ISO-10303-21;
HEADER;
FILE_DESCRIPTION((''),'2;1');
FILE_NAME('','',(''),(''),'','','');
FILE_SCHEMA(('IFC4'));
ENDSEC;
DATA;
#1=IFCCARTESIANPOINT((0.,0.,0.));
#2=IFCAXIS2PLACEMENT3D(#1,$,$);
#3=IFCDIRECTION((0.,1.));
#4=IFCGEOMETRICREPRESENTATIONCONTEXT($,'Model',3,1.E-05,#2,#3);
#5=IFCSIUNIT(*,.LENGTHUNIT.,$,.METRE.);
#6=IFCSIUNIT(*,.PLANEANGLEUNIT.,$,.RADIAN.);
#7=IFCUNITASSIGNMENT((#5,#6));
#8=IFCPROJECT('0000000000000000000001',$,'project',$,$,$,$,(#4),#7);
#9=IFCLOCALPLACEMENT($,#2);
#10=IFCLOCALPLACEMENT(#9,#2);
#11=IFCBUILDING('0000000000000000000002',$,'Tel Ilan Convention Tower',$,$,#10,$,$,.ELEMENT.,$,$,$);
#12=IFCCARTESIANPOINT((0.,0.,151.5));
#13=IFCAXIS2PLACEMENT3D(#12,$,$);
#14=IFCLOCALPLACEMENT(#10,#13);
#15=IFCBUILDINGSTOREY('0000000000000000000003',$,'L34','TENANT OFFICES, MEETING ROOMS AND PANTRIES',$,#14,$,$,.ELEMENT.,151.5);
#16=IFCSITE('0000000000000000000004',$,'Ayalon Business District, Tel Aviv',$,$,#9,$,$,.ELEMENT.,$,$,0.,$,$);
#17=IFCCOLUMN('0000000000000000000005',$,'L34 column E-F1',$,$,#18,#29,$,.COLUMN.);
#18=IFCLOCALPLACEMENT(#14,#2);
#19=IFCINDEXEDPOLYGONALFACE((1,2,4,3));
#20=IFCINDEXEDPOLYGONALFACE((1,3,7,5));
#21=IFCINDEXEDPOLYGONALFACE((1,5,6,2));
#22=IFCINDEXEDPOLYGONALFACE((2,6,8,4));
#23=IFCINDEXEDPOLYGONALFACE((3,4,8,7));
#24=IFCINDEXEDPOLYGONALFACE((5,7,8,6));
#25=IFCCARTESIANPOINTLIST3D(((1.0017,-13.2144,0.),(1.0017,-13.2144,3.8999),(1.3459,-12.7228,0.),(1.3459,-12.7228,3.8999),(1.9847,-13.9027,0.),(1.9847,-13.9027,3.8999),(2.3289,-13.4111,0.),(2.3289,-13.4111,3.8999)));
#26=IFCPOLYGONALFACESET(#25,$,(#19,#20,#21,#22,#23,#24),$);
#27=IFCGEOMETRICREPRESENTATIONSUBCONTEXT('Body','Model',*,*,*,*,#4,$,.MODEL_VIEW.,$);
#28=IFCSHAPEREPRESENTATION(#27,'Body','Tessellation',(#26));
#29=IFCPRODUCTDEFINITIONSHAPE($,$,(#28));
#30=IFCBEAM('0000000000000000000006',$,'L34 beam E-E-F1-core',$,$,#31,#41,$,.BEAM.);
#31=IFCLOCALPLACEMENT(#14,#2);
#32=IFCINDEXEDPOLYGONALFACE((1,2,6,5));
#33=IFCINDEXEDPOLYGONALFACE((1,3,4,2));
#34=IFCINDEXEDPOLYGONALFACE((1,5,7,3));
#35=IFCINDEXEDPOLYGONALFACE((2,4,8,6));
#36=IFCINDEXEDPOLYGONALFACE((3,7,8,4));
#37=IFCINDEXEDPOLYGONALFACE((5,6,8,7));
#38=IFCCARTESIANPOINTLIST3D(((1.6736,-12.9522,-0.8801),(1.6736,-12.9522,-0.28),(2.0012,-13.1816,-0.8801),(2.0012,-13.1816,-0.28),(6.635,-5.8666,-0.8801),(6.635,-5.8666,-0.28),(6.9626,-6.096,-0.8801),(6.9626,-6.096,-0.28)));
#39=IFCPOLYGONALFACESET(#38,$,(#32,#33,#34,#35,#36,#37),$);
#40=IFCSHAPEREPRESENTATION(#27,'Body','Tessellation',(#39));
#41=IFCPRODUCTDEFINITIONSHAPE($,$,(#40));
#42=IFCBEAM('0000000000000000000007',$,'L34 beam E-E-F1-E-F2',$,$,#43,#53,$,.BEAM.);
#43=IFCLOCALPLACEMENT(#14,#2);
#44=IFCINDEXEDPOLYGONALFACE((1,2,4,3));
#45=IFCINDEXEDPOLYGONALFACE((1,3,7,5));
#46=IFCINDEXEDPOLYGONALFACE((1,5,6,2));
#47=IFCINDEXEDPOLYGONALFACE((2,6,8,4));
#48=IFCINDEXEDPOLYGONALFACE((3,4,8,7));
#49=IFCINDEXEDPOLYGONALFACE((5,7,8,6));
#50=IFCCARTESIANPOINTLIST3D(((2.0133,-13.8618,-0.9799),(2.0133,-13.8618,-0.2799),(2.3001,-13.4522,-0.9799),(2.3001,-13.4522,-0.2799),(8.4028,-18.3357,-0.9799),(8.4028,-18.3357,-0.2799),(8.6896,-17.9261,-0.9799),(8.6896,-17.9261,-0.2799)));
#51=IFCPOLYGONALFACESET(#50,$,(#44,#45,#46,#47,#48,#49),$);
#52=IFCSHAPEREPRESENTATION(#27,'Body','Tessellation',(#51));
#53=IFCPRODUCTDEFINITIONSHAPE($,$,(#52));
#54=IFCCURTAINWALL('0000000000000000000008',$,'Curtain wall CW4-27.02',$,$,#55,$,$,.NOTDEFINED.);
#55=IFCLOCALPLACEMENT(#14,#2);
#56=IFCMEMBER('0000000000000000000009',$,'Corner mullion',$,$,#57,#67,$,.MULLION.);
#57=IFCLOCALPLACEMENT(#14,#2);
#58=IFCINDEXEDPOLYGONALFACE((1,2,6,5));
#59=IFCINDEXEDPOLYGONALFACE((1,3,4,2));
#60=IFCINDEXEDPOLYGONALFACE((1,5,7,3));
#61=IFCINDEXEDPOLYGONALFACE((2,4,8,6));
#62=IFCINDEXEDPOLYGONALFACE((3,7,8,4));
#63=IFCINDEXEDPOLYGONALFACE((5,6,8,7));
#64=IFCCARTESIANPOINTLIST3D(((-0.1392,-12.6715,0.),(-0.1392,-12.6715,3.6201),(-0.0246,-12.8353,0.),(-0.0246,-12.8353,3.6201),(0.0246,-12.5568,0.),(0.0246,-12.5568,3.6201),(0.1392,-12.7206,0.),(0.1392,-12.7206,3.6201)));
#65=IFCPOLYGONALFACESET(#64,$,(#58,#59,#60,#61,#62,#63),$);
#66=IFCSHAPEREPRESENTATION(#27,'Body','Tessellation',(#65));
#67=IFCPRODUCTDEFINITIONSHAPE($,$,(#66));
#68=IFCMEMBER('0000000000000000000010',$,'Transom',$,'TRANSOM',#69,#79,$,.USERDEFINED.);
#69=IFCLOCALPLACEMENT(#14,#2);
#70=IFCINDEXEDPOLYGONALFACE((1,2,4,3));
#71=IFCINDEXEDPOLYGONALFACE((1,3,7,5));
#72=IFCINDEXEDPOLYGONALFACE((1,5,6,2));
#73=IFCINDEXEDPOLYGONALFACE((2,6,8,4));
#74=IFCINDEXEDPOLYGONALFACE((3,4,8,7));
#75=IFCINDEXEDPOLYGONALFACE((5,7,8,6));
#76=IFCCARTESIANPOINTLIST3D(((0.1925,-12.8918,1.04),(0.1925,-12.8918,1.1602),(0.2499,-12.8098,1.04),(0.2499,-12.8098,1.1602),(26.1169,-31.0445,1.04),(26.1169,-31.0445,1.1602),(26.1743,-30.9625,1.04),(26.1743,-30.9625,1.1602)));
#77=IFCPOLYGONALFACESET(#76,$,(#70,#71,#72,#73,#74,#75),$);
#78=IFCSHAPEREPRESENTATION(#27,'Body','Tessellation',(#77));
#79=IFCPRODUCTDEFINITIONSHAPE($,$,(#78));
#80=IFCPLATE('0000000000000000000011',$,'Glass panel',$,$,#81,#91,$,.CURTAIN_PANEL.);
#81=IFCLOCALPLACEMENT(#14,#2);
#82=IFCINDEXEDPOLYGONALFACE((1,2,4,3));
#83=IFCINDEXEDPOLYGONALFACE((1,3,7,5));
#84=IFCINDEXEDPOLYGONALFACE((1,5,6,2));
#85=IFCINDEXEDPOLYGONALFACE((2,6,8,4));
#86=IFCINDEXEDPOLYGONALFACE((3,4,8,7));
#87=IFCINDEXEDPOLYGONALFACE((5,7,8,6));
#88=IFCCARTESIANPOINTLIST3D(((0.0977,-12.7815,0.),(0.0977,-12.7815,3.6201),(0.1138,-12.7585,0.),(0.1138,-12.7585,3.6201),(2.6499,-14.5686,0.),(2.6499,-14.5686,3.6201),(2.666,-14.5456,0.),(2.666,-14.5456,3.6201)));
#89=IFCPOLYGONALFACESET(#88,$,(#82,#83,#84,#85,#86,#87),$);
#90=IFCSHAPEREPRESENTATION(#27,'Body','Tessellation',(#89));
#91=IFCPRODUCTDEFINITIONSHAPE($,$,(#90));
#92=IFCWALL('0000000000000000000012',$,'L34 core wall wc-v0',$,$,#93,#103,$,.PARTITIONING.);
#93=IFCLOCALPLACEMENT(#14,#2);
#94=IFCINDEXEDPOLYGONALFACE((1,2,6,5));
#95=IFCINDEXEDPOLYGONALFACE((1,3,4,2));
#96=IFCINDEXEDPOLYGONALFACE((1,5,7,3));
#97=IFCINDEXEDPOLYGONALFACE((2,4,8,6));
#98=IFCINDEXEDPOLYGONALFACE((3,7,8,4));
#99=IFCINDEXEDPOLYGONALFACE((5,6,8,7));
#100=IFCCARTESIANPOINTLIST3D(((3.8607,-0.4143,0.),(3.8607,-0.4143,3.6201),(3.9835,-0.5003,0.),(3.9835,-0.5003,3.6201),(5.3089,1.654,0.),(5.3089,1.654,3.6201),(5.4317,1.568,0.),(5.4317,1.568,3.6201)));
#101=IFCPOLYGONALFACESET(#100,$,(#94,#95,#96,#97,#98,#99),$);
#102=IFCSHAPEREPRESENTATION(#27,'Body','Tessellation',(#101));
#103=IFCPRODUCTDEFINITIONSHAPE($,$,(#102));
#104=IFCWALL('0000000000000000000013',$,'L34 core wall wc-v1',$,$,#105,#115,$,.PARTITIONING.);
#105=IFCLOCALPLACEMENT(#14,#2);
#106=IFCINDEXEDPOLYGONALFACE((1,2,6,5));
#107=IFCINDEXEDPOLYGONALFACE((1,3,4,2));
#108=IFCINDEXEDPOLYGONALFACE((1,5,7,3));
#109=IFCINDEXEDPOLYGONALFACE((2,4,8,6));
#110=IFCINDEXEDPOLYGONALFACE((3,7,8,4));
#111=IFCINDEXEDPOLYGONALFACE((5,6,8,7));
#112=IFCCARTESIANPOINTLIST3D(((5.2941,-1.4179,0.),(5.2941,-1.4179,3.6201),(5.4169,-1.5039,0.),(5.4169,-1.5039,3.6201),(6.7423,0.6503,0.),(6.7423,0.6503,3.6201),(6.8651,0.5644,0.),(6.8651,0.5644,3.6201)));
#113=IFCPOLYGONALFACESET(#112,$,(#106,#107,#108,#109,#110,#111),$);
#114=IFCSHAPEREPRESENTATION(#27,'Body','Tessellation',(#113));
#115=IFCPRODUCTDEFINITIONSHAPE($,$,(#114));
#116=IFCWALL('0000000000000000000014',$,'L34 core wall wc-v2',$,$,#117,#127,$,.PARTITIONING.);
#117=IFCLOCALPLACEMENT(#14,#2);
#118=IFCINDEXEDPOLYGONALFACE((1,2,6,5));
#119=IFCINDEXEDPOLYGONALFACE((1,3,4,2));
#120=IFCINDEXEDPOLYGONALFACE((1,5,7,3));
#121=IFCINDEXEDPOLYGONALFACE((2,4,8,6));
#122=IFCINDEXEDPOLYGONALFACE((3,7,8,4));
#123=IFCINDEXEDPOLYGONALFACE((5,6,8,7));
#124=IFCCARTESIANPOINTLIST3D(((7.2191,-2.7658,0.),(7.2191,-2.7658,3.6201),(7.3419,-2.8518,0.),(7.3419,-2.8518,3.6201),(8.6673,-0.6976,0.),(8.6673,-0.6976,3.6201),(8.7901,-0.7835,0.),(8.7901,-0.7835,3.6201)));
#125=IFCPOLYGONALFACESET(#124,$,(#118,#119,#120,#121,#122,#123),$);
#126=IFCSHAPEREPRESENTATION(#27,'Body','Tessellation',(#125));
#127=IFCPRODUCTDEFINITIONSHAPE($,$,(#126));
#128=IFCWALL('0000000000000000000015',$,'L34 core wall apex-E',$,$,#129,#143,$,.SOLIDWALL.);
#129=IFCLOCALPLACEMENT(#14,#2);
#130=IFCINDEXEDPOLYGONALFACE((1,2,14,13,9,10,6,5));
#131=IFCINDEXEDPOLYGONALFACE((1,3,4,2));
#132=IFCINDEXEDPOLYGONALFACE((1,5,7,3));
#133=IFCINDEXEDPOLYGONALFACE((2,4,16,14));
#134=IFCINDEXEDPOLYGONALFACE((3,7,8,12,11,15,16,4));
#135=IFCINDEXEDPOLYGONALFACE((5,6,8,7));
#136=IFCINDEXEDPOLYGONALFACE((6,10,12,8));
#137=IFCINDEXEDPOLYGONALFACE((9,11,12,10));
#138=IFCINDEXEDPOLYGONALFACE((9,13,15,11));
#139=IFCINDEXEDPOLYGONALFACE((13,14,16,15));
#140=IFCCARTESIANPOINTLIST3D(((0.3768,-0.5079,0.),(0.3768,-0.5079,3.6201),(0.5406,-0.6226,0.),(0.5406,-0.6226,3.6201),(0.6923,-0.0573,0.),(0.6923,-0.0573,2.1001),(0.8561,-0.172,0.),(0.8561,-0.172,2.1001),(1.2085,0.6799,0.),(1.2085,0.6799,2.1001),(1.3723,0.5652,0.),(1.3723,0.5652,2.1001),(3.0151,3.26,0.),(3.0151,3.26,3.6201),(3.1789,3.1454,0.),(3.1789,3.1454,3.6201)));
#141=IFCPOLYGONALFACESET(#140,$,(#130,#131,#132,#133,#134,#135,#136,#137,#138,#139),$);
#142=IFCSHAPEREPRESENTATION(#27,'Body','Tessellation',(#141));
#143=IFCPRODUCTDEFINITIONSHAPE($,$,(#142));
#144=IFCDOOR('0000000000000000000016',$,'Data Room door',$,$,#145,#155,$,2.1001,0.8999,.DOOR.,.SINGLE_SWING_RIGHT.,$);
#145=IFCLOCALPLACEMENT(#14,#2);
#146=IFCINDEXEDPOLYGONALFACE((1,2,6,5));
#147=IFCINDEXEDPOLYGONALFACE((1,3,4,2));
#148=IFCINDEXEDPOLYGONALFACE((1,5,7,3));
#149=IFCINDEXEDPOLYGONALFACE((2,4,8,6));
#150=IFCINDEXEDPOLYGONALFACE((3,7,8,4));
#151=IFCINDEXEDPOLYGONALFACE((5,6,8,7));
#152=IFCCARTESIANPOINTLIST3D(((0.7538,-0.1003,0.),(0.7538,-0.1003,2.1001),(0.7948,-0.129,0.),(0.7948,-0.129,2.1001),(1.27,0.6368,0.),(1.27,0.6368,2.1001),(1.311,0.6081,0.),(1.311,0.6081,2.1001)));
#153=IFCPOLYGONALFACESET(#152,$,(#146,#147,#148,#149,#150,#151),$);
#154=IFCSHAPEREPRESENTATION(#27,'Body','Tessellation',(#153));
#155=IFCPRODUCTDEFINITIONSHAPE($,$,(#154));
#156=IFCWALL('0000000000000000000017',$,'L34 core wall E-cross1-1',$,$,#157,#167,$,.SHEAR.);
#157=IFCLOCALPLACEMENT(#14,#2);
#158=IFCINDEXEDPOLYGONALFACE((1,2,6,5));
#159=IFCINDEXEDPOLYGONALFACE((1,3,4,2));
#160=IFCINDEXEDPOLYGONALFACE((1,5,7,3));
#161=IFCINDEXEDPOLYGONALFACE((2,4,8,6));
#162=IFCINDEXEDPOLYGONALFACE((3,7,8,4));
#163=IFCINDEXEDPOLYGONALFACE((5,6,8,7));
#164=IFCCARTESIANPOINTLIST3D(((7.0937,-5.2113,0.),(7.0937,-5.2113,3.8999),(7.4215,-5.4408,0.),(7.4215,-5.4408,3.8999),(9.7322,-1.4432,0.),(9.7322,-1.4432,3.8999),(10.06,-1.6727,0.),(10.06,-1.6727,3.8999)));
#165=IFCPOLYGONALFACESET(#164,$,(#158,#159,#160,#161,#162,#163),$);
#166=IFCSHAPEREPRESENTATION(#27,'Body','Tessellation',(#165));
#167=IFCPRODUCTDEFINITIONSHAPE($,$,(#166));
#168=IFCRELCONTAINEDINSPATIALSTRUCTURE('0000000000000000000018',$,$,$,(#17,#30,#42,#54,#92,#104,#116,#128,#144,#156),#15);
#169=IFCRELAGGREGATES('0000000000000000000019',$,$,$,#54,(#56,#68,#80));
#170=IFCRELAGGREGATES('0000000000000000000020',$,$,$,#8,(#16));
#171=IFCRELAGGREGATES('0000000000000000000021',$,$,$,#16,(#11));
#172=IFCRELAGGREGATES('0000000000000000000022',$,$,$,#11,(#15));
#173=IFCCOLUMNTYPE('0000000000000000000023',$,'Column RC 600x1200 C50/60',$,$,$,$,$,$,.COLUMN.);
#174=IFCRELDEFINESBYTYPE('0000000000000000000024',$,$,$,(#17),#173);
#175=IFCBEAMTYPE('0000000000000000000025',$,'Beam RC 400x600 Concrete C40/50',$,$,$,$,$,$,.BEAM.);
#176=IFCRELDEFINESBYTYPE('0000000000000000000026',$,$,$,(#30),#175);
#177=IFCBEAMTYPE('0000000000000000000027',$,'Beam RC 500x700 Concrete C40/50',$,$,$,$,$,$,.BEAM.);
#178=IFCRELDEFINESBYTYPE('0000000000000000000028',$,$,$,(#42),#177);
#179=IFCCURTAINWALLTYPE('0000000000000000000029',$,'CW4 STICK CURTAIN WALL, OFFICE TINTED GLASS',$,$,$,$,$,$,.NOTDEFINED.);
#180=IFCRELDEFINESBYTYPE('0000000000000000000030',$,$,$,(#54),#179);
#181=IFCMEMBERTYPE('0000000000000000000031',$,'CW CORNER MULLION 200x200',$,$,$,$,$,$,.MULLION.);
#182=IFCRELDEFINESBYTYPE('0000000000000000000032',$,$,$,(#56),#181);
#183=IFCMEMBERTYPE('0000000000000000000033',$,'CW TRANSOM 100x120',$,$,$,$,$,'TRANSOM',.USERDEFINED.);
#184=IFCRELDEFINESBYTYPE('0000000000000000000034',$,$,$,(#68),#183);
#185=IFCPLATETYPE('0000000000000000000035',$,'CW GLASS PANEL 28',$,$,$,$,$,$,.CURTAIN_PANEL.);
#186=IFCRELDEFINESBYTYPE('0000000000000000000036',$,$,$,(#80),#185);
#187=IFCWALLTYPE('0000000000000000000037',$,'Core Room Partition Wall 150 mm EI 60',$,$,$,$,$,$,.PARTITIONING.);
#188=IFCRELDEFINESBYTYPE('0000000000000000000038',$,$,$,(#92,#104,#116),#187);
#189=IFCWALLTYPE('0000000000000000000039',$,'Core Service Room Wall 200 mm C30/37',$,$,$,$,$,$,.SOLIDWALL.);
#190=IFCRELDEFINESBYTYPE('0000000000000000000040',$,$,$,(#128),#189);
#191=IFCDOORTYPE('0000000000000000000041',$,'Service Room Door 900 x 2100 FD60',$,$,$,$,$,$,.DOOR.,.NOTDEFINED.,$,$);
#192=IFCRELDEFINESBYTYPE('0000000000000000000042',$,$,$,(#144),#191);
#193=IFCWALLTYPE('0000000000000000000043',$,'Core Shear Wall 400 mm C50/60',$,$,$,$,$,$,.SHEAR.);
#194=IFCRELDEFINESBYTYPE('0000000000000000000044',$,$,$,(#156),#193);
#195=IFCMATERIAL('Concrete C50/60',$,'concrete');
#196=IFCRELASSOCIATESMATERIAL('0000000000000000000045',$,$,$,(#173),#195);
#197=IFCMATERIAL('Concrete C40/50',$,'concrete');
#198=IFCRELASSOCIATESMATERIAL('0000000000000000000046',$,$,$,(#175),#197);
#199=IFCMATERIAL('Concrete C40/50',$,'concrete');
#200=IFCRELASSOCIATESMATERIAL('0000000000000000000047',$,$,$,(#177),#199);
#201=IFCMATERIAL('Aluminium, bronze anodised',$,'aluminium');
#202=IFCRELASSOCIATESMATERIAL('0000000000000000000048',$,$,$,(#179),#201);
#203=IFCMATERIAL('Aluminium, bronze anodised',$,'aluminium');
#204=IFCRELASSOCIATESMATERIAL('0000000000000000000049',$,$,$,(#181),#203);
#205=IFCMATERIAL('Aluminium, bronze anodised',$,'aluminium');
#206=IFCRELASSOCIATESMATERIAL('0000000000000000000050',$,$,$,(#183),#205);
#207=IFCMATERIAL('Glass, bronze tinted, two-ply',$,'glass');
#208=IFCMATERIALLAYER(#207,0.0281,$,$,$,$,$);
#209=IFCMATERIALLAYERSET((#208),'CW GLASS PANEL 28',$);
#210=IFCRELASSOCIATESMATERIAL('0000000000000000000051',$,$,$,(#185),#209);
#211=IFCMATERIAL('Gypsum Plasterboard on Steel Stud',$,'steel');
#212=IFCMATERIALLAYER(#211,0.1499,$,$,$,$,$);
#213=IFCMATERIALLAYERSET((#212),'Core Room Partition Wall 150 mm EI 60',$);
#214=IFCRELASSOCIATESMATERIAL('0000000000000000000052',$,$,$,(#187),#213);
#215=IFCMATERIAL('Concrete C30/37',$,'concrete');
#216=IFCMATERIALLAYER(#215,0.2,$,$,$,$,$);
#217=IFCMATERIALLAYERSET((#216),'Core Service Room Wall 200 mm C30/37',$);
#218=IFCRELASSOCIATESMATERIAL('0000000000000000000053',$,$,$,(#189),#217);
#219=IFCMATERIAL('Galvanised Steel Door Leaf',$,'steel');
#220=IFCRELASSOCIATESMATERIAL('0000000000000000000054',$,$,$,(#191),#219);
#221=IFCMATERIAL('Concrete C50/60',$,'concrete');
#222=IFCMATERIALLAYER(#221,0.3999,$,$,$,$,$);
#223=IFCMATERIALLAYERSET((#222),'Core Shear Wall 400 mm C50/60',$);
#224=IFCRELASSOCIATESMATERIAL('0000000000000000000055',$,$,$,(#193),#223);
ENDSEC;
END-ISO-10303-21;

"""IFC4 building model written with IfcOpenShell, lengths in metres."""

from ifc_helpers import new_model, si_unit, direction, frame, frame_2d, origin, origin_2d, place, context, subcontext, project, spatial, polyline, rectangle, outline, extrude, material, layer, layer_set, material_profile, profile_set, type_object, element, fill, aggregate, save


model = new_model("IFC4")

# Units and contexts
model_context = context("Model", 3, precision=1e-05, world=origin(), true_north=direction((0.0, 1.0)))
body_context = subcontext(model_context, "Body", "Model", "MODEL_VIEW")
ifc_project = project(units=[si_unit("LENGTHUNIT", "METRE"), si_unit("PLANEANGLEUNIT", "RADIAN")], contexts=[model_context])

# Site, building, storey
site_placement = place(None, origin())
site = spatial("IfcSite", under=ifc_project, at=site_placement, Name="Ayalon Business District, Tel Aviv", CompositionType="ELEMENT", RefElevation=0.0)
building_placement = place(site_placement, origin())
building = spatial("IfcBuilding", under=site, at=building_placement, Name="Tel Ilan Convention Tower", CompositionType="ELEMENT")
storey_placement = place(building_placement, frame((0.0, 0.0, 151.5)))
storey = spatial("IfcBuildingStorey", under=building, at=storey_placement, Name="L34", Description="TENANT OFFICES, MEETING ROOMS AND PANTRIES", CompositionType="ELEMENT", Elevation=151.5)

# Column
ifc_material_1 = material(Name="Concrete C50/60", Category="concrete")
ifc_material_profile_1 = material_profile(ifc_material_1, rectangle(XDim=1.2, YDim=0.6001, at=origin_2d()), Name="RC 600x1200")
ifc_profile_set_1 = profile_set([ifc_material_profile_1], Name="Concrete C50/60")
column_type = type_object("IfcColumnType", Name="Column RC 600x1200 C50/60", PredefinedType="COLUMN", material=ifc_profile_set_1)
column_placement = place(storey_placement, frame((1.6653, -13.3127, 0.0), z_axis=(0.0, 0.0, 1.0), x_axis=(0.819152, -0.573576, 0.0)))
element("IfcColumn", 1, at=column_placement, inside=storey, type_object=column_type, Name="L34 column E-F1", PredefinedType="COLUMN", context=body_context, shape_type="SweptSolid", body=[
    extrude(rectangle(XDim=1.2, YDim=0.6001, at=origin_2d()), origin(), (0.0, 0.0, 1.0), 3.8999),
])

# Beams
ifc_material_2 = material(Name="Concrete C40/50", Category="concrete")
ifc_material_profile_2 = material_profile(ifc_material_2, rectangle(XDim=0.3999, YDim=0.6001, at=origin_2d()), Name="RC 400x600")
ifc_profile_set_2 = profile_set([ifc_material_profile_2], Name="Concrete C40/50")
beam_type_1 = type_object("IfcBeamType", Name="Beam RC 400x600 Concrete C40/50", PredefinedType="BEAM", material=ifc_profile_set_2)
beam_1_placement = place(storey_placement, frame((1.8374, -13.0669, -0.5801), z_axis=(0.573574, 0.819154, 0.0), x_axis=(-0.819154, 0.573574, 0.0)))
element("IfcBeam", 2, at=beam_1_placement, inside=storey, type_object=beam_type_1, Name="L34 beam E-E-F1-core", PredefinedType="BEAM", context=body_context, shape_type="SweptSolid", body=[
    extrude(rectangle(XDim=0.3999, YDim=0.6001, at=origin_2d()), origin(), (0.0, 0.0, 1.0), 8.6499),
])
ifc_material_3 = material(Name="Concrete C40/50", Category="concrete")
ifc_material_profile_3 = material_profile(ifc_material_3, rectangle(XDim=0.5, YDim=0.7, at=origin_2d()), Name="RC 500x700")
ifc_profile_set_3 = profile_set([ifc_material_profile_3], Name="Concrete C40/50")
beam_type_2 = type_object("IfcBeamType", Name="Beam RC 500x700 Concrete C40/50", PredefinedType="BEAM", material=ifc_profile_set_3)
beam_2_placement = place(storey_placement, frame((2.1567, -13.657, -0.6299), z_axis=(0.819154, -0.573574, 0.0), x_axis=(0.573574, 0.819154, 0.0)))
element("IfcBeam", 3, at=beam_2_placement, inside=storey, type_object=beam_type_2, Name="L34 beam E-E-F1-E-F2", PredefinedType="BEAM", context=body_context, shape_type="SweptSolid", body=[
    extrude(rectangle(XDim=0.5, YDim=0.7, at=origin_2d()), origin(), (0.0, 0.0, 1.0), 7.8),
])

# Curtain wall, members, plate
ifc_material_4 = material(Name="Aluminium, bronze anodised", Category="aluminium")
curtain_wall_type = type_object("IfcCurtainWallType", Name="CW4 STICK CURTAIN WALL, OFFICE TINTED GLASS", PredefinedType="NOTDEFINED", material=ifc_material_4)
curtain_wall_placement = place(storey_placement, origin())
curtain_wall = element("IfcCurtainWall", 4, at=curtain_wall_placement, inside=storey, type_object=curtain_wall_type, Name="Curtain wall CW4-27.02", PredefinedType="NOTDEFINED")
ifc_material_5 = material(Name="Aluminium, bronze anodised", Category="aluminium")
ifc_material_profile_4 = material_profile(ifc_material_5, rectangle(XDim=0.2, YDim=0.2, at=origin_2d()), Name="CW CORNER MULLION 200x200")
ifc_profile_set_4 = profile_set([ifc_material_profile_4], Name="Aluminium, bronze anodised")
member_type_1 = type_object("IfcMemberType", Name="CW CORNER MULLION 200x200", PredefinedType="MULLION", material=ifc_profile_set_4)
member_1_placement = place(storey_placement, frame((0.0, -12.696, 0.0), z_axis=(0.0, 0.0, 1.0), x_axis=(0.819152, 0.573576, 0.0)))
member_1 = element("IfcMember", 5, at=member_1_placement, type_object=member_type_1, Name="Corner mullion", PredefinedType="MULLION", context=body_context, shape_type="SweptSolid", body=[
    extrude(rectangle(XDim=0.2, YDim=0.2, at=origin_2d()), origin(), (0.0, 0.0, 1.0), 3.6201),
])
ifc_material_6 = material(Name="Aluminium, bronze anodised", Category="aluminium")
ifc_material_profile_5 = material_profile(ifc_material_6, rectangle(XDim=0.1001, YDim=0.1201, at=origin_2d()), Name="CW TRANSOM 100x120")
ifc_profile_set_5 = profile_set([ifc_material_profile_5], Name="Aluminium, bronze anodised")
member_type_2 = type_object("IfcMemberType", Name="CW TRANSOM 100x120", ElementType="TRANSOM", PredefinedType="USERDEFINED", material=ifc_profile_set_5)
member_2_placement = place(storey_placement, frame((0.2212, -12.8508, 1.1001), z_axis=(0.819149, -0.57358, 0.0), x_axis=(0.57358, 0.819149, 0.0)))
member_2 = element("IfcMember", 6, at=member_2_placement, type_object=member_type_2, Name="Transom", ObjectType="TRANSOM", PredefinedType="USERDEFINED", context=body_context, shape_type="SweptSolid", body=[
    extrude(rectangle(XDim=0.1001, YDim=0.1201, at=origin_2d()), origin(), (0.0, 0.0, 1.0), 31.6479),
])
ifc_material_7 = material(Name="Glass, bronze tinted, two-ply", Category="glass")
ifc_layer_1 = layer(ifc_material_7, 0.0281)
ifc_layer_set_1 = layer_set([ifc_layer_1], Name="CW GLASS PANEL 28")
plate_type = type_object("IfcPlateType", Name="CW GLASS PANEL 28", PredefinedType="CURTAIN_PANEL", material=ifc_layer_set_1)
plate_placement = place(storey_placement, frame((1.3818, -13.6636, 0.0), z_axis=(0.0, 0.0, 1.0), x_axis=(0.819152, -0.573576, 0.0)))
plate = element("IfcPlate", 7, at=plate_placement, type_object=plate_type, Name="Glass panel", PredefinedType="CURTAIN_PANEL", context=body_context, shape_type="SweptSolid", body=[
    extrude(rectangle(XDim=3.1157, YDim=0.0281, at=origin_2d()), origin(), (0.0, 0.0, 1.0), 3.6201),
])
aggregate(curtain_wall, [member_1, member_2, plate])

# Walls
ifc_material_8 = material(Name="Gypsum Plasterboard on Steel Stud", Category="steel")
ifc_layer_2 = layer(ifc_material_8, 0.1499)
ifc_layer_set_2 = layer_set([ifc_layer_2], Name="Core Room Partition Wall 150 mm EI 60")
wall_type_1 = type_object("IfcWallType", Name="Core Room Partition Wall 150 mm EI 60", PredefinedType="PARTITIONING", material=ifc_layer_set_2)
for number, where, z_axis, x_axis, name in (
    (8, (3.9221, -0.4573, 0.0), (0.0, 0.0, 1.0), (0.573566, 0.819159, 0.0), "L34 core wall wc-v0"),
    (9, (5.3555, -1.4609, 0.0), (0.0, 0.0, 1.0), (0.573566, 0.819159, 0.0), "L34 core wall wc-v1"),
    (10, (7.2805, -2.8088, 0.0), (0.0, 0.0, 1.0), (0.573566, 0.819159, 0.0), "L34 core wall wc-v2"),
):
    element("IfcWall", number, at=place(storey_placement, frame(where, z_axis=z_axis, x_axis=x_axis)), inside=storey, type_object=wall_type_1, Name=name, PredefinedType="PARTITIONING", context=body_context, shape_type="SweptSolid", body=[
        extrude(rectangle(XDim=2.5249, YDim=0.1499, at=frame_2d((1.2625, 0.0))), origin(), (0.0, 0.0, 1.0), 3.6201),
    ])

# Wall, opening, door
ifc_material_9 = material(Name="Concrete C30/37", Category="concrete")
ifc_layer_3 = layer(ifc_material_9, 0.2)
ifc_layer_set_3 = layer_set([ifc_layer_3], Name="Core Service Room Wall 200 mm C30/37")
wall_type_2 = type_object("IfcWallType", Name="Core Service Room Wall 200 mm C30/37", PredefinedType="SOLIDWALL", material=ifc_layer_set_3)
wall_1_placement = place(storey_placement, frame((0.4587, -0.5652, 0.0), z_axis=(0.0, 0.0, 1.0), x_axis=(0.573576, 0.819152, 0.0)))
wall_1 = element("IfcWall", 11, at=wall_1_placement, inside=storey, type_object=wall_type_2, Name="L34 core wall apex-E", PredefinedType="SOLIDWALL", context=body_context, shape_type="SweptSolid", body=[
    extrude(rectangle(XDim=4.5999, YDim=0.2, at=frame_2d((2.2998, 0.0))), origin(), (0.0, 0.0, 1.0), 3.6201),
])
opening_1_placement = place(wall_1_placement, frame((0.55, 0.0, 0.0)))
opening_1 = element("IfcOpeningElement", 12, at=opening_1_placement, cuts=wall_1, PredefinedType="OPENING", context=body_context, shape_type="SweptSolid", body=[
    extrude(rectangle(XDim=0.8999, YDim=2.1001, at=frame_2d((0.45, 1.05))), frame((0.0, 0.1099, 0.0), z_axis=(0.0, -1.0, 0.0), x_axis=(1.0, 0.0, 0.0)), (0.0, 0.0, 1.0), 0.22),
])
ifc_material_10 = material(Name="Galvanised Steel Door Leaf", Category="steel")
door_type_1 = type_object("IfcDoorType", Name="Service Room Door 900 x 2100 FD60", OperationType="NOTDEFINED", PredefinedType="DOOR", material=ifc_material_10)
door_1_placement = place(opening_1_placement, origin())
door_1 = element("IfcDoor", 13, at=door_1_placement, inside=storey, type_object=door_type_1, Name="Data Room door", OperationType="SINGLE_SWING_RIGHT", OverallHeight=2.1001, OverallWidth=0.8999, PredefinedType="DOOR", context=body_context, shape_type="SweptSolid", body=[
    extrude(rectangle(XDim=0.8999, YDim=2.1001, at=frame_2d((0.45, 1.05))), frame((0.0, 0.0249, 0.0), z_axis=(0.0, -1.0, 0.0), x_axis=(1.0, 0.0, 0.0)), (0.0, 0.0, 1.0), 0.05),
])
fill(opening_1, door_1)

# Wall
ifc_material_11 = material(Name="Concrete C50/60", Category="concrete")
ifc_layer_4 = layer(ifc_material_11, 0.3999)
ifc_layer_set_4 = layer_set([ifc_layer_4], Name="Core Shear Wall 400 mm C50/60")
wall_type_3 = type_object("IfcWallType", Name="Core Shear Wall 400 mm C50/60", PredefinedType="SHEAR", material=ifc_layer_set_4)
wall_2_placement = place(storey_placement, frame((7.2578, -5.3259, 0.0), z_axis=(0.0, 0.0, 1.0), x_axis=(0.573541, 0.819177, 0.0)))
element("IfcWall", 14, at=wall_2_placement, inside=storey, type_object=wall_type_3, Name="L34 core wall E-cross1-1", PredefinedType="SHEAR", context=body_context, shape_type="SweptSolid", body=[
    extrude(outline(polyline([(-0.0002, 0.2002), (-0.0002, -0.2), (4.5999, -0.2002), (4.5999, 0.2), (-0.0002, 0.2002)])), origin(), (0.0, 0.0, 1.0), 3.8999),
])

save(model, "model.ifc")
